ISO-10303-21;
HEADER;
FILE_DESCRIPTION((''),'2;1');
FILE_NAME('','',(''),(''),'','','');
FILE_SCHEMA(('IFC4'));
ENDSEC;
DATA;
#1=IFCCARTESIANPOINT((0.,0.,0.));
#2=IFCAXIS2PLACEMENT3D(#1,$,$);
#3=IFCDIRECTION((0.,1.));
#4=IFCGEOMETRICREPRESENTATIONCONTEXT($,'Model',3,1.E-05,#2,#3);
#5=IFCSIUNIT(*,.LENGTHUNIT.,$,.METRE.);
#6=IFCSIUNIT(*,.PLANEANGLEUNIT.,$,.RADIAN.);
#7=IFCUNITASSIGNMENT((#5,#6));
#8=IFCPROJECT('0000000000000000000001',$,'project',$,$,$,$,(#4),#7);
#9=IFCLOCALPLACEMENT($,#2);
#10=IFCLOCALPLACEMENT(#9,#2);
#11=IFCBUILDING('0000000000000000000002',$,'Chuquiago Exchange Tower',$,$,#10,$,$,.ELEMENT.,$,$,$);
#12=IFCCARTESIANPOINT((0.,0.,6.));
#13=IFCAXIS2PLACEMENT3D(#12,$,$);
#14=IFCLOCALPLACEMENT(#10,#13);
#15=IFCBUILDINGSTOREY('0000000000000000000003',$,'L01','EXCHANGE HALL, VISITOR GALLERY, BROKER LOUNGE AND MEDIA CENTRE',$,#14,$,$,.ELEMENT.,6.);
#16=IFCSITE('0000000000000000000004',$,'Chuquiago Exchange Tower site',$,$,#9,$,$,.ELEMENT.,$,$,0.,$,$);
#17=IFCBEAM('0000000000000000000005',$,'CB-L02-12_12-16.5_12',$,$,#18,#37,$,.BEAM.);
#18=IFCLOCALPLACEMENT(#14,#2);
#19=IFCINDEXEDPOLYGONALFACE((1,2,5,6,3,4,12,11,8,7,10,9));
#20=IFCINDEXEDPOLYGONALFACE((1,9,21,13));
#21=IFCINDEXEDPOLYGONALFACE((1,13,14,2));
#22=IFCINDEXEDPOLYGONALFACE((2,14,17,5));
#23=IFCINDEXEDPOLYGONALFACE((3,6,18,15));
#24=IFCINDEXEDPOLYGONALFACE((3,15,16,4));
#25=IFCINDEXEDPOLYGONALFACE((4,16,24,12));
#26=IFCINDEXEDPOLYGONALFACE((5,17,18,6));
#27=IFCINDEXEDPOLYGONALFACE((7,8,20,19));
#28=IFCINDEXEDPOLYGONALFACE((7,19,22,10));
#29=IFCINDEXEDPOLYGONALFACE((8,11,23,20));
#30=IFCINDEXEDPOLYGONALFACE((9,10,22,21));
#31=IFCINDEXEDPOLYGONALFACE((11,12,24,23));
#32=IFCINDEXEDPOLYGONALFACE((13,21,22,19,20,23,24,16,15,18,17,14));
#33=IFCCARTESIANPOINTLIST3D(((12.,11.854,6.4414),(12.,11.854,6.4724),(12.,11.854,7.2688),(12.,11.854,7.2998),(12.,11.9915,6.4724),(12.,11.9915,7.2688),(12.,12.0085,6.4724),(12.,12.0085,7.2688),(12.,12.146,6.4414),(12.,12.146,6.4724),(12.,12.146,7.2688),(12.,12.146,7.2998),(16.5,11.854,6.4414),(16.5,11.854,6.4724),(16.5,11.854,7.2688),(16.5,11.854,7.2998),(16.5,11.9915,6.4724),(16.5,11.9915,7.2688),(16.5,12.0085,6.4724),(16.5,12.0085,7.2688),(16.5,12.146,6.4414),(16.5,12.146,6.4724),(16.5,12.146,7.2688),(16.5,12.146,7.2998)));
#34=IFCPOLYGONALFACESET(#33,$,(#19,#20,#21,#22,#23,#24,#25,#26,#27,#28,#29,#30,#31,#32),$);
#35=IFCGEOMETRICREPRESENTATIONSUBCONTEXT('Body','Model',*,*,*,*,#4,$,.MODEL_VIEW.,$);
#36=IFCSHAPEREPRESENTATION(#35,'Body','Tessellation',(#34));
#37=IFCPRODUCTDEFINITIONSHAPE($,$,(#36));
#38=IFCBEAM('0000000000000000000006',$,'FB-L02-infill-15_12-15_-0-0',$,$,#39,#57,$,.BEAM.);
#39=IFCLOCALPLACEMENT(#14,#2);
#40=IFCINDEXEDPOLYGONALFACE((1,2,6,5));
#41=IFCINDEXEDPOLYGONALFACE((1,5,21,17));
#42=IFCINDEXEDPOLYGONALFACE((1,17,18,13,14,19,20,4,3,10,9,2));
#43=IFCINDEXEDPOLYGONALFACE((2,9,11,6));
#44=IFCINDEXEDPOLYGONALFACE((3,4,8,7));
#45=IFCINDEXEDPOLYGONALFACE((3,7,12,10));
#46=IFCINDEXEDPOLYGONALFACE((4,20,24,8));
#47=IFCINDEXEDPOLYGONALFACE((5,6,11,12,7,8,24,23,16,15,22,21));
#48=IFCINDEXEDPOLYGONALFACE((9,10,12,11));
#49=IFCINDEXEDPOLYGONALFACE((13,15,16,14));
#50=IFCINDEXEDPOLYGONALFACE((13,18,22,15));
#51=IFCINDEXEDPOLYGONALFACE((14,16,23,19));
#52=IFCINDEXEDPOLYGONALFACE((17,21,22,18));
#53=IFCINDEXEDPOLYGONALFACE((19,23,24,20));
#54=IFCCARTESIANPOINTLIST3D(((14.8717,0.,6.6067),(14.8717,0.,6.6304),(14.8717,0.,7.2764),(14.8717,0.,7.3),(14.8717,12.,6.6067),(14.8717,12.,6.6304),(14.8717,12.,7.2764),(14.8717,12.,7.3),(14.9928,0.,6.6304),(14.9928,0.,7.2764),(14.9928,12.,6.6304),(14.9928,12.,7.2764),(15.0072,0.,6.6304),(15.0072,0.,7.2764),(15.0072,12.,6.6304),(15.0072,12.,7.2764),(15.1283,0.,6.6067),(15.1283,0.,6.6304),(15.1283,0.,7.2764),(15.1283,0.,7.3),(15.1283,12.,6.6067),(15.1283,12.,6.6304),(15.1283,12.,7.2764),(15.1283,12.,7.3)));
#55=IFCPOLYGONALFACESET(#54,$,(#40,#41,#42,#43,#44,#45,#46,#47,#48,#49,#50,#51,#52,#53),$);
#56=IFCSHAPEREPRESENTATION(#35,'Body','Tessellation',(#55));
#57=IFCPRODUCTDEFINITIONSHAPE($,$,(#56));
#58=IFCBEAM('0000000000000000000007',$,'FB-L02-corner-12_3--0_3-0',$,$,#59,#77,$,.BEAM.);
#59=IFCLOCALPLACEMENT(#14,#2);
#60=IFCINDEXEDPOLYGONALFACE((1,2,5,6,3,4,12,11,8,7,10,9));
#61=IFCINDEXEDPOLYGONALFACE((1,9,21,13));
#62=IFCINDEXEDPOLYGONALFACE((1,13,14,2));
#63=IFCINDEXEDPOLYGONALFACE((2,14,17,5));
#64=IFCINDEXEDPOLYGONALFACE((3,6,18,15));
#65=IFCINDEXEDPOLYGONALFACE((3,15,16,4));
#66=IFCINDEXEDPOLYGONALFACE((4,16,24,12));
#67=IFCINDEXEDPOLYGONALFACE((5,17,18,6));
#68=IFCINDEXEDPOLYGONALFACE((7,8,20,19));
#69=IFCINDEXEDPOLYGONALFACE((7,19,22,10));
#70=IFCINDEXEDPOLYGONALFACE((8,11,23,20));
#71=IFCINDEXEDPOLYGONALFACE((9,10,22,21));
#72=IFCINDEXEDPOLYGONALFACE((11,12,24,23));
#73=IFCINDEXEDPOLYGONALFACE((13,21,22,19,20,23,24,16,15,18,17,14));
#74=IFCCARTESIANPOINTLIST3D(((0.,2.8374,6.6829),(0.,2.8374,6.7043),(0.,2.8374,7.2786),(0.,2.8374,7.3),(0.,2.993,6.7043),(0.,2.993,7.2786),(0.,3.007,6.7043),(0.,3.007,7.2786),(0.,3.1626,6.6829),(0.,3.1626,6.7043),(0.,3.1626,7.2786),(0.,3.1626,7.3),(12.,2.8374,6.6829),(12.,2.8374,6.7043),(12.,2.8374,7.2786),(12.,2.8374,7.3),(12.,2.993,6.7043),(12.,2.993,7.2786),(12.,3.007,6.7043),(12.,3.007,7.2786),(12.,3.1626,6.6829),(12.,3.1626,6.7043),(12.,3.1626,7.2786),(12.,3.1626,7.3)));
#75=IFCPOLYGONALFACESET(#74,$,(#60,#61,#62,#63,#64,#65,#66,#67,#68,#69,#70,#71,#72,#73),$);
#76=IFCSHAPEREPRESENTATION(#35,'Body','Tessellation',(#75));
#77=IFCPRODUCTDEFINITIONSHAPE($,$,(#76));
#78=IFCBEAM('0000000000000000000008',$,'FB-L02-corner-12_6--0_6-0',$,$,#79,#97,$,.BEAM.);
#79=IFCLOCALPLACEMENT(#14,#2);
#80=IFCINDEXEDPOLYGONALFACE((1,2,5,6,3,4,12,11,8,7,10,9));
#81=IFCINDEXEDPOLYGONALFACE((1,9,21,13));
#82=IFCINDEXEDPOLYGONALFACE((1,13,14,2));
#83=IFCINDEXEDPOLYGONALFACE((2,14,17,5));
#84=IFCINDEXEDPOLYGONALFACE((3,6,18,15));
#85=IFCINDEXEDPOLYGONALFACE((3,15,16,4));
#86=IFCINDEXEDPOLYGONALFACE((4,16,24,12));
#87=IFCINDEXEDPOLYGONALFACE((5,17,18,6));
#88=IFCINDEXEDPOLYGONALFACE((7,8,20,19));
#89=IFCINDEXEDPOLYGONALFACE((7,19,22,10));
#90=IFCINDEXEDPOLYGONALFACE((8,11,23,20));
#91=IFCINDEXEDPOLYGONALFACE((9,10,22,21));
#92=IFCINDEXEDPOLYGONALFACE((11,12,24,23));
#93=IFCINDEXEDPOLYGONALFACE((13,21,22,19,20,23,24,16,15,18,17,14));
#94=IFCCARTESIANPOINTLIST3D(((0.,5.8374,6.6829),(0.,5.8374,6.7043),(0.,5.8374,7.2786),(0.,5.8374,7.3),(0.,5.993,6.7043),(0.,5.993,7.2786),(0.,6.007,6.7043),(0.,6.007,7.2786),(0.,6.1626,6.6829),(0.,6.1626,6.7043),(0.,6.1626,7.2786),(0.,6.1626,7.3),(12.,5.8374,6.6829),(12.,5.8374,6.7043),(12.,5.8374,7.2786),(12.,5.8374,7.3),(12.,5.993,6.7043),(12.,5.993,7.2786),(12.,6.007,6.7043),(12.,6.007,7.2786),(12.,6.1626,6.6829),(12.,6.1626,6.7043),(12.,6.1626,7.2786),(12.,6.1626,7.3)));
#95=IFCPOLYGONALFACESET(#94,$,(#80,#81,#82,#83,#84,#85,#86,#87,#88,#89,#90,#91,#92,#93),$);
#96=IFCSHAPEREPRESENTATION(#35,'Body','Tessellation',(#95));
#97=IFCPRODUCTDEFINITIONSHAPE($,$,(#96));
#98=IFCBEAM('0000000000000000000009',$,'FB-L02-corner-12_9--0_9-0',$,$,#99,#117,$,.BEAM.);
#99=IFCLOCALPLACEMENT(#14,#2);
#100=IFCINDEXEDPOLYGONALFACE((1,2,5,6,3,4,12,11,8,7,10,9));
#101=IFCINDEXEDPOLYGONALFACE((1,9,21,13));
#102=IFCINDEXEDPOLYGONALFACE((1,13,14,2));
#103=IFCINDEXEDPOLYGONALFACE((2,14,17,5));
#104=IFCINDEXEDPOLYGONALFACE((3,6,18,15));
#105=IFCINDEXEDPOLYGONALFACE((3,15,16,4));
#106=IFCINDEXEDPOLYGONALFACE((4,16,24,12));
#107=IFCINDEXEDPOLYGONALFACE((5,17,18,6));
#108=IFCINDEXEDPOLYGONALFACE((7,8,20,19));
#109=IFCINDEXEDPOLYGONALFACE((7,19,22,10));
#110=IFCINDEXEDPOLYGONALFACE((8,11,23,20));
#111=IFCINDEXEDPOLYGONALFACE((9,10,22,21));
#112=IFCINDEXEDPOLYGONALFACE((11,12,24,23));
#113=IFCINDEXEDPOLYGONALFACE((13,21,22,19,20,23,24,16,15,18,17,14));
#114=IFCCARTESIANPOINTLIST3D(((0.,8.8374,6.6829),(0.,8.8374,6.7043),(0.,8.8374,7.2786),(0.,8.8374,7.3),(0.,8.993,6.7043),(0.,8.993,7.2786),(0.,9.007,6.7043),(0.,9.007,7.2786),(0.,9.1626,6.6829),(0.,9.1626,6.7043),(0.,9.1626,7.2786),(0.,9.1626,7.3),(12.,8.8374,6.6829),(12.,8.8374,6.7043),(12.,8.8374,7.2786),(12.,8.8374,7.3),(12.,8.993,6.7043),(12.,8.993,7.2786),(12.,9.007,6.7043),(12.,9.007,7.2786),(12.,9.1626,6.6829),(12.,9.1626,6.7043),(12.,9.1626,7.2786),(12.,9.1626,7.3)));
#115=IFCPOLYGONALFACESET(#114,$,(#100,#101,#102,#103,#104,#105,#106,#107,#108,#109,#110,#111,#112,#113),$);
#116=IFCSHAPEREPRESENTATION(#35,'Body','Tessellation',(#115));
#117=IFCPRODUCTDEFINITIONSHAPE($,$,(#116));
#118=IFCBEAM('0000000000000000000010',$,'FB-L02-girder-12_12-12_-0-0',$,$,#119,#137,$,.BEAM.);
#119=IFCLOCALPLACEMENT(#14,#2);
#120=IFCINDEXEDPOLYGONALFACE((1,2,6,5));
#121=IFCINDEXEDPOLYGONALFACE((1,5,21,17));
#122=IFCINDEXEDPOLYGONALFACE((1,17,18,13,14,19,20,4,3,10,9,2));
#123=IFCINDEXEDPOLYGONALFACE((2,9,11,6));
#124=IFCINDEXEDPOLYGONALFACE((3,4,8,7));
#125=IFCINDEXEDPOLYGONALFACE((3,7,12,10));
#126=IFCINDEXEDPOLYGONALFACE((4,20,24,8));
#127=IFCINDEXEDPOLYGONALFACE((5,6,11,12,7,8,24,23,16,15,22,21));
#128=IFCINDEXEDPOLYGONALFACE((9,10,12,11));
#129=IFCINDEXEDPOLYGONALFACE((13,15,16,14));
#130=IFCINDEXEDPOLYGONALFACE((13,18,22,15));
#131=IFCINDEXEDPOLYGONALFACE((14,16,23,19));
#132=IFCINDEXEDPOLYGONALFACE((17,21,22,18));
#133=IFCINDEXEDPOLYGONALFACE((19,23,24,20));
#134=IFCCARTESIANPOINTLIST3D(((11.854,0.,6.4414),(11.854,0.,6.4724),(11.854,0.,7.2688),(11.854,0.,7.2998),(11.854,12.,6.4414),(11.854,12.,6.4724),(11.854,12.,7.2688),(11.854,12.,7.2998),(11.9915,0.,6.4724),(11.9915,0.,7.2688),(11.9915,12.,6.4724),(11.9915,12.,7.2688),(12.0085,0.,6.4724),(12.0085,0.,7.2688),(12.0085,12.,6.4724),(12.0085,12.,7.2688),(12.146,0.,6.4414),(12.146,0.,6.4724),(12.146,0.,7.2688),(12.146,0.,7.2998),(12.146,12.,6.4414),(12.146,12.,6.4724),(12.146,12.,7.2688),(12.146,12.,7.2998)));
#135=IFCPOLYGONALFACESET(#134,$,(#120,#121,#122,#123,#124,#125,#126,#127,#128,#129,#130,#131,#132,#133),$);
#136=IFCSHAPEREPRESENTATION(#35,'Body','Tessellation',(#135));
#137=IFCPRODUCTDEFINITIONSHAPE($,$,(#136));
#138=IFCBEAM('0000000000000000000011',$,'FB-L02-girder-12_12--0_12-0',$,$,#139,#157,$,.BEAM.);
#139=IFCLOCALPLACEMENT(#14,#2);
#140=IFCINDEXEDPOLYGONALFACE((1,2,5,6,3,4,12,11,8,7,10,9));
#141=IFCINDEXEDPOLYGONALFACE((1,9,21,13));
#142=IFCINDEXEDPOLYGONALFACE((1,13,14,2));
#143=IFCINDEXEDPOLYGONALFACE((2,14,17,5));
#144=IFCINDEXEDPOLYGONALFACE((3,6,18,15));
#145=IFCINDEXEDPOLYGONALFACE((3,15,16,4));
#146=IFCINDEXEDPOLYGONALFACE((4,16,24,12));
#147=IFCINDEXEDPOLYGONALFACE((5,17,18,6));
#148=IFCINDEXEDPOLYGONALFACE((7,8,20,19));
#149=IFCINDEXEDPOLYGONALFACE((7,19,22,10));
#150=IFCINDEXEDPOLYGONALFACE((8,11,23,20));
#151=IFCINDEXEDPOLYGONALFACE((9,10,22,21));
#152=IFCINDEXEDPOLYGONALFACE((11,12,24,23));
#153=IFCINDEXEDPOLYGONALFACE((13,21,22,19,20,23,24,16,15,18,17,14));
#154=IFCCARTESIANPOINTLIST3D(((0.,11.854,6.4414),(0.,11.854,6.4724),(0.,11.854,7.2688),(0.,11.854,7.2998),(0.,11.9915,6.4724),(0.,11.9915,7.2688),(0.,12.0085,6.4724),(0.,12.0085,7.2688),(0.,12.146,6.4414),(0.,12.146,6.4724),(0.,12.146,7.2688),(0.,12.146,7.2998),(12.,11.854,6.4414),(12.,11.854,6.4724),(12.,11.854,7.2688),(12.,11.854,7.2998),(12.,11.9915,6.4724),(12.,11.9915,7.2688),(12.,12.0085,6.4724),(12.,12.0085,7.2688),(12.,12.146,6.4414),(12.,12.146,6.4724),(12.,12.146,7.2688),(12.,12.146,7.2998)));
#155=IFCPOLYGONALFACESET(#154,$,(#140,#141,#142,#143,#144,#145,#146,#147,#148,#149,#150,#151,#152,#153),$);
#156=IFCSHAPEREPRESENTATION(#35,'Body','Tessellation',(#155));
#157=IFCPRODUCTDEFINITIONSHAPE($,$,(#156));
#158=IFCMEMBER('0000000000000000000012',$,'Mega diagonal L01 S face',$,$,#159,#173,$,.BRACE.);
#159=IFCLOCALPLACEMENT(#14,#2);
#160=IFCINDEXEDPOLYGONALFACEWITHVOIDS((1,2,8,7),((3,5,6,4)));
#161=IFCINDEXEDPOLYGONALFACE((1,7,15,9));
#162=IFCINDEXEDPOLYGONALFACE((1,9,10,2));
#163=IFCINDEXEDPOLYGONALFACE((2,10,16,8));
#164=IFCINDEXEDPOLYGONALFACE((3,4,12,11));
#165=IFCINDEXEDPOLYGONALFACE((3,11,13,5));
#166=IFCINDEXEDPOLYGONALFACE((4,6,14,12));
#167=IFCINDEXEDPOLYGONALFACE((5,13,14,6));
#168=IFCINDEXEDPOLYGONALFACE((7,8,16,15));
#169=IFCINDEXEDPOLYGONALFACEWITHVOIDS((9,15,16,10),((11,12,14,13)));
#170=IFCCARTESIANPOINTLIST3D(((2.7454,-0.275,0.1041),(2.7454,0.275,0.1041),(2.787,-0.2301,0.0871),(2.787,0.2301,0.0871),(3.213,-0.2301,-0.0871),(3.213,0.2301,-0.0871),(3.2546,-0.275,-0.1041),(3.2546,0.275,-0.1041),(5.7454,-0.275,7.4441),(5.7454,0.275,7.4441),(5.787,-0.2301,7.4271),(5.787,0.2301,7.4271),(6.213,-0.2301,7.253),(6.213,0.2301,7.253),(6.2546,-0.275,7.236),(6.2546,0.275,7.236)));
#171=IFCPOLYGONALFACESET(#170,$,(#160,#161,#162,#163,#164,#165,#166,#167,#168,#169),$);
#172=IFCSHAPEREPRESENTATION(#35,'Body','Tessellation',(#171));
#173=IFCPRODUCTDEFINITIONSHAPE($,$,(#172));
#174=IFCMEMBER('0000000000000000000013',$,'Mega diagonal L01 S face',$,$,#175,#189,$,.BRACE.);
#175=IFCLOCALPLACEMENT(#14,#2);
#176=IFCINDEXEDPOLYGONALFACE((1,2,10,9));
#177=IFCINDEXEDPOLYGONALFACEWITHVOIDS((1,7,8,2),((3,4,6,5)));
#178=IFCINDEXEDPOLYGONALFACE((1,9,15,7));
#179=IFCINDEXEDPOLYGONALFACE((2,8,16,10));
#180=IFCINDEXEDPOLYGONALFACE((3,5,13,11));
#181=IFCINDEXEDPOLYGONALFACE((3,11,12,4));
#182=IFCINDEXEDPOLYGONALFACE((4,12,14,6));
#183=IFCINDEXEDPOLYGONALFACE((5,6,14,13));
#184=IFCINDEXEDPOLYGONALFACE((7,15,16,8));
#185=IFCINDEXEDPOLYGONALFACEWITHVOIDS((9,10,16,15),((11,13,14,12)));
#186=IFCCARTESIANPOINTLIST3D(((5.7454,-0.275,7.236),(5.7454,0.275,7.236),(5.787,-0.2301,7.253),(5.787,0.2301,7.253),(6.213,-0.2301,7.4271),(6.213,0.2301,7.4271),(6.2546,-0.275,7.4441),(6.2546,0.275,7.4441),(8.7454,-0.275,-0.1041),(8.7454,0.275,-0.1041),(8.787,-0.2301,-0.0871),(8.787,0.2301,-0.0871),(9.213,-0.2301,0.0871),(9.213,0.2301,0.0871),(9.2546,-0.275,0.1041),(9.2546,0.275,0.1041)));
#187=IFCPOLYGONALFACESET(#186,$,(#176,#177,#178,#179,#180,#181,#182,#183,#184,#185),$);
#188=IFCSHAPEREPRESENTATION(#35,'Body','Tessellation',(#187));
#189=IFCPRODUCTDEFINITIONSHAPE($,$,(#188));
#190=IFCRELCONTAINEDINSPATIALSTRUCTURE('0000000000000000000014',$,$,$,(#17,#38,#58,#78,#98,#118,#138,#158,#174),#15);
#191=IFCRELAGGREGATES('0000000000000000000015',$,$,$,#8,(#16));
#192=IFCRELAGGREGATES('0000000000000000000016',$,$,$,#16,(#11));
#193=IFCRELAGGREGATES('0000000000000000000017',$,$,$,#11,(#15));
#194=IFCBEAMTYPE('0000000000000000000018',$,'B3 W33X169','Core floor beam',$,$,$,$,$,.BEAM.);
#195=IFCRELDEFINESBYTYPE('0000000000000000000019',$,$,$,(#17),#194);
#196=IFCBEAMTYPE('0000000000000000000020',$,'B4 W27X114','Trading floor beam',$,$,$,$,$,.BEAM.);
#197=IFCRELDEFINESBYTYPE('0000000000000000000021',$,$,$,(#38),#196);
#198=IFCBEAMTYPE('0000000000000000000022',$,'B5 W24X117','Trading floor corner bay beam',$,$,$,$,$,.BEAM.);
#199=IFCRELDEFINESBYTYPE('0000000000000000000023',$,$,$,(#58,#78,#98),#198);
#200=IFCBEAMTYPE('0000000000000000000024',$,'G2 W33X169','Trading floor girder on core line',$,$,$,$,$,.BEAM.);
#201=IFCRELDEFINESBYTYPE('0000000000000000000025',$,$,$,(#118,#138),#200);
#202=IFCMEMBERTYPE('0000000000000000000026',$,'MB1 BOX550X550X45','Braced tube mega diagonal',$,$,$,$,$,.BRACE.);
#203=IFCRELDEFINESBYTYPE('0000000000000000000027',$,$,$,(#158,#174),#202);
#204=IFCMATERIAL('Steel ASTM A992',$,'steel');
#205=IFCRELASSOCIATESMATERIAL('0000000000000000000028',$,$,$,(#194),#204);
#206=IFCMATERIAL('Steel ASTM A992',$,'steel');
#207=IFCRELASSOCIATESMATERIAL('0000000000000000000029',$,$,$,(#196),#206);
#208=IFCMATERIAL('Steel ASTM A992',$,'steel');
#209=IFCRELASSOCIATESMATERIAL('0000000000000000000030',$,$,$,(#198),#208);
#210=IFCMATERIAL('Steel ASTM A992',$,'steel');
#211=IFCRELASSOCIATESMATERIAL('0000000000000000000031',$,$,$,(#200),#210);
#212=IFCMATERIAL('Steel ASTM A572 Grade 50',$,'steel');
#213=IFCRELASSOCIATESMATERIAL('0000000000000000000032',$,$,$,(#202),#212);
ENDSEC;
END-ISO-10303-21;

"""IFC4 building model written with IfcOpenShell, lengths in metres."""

from ifc_helpers import new_model, si_unit, direction, frame, origin, origin_2d, place, context, subcontext, project, spatial, hollow_rectangle, i_section, extrude, material, material_profile, profile_set, type_object, element, save


model = new_model("IFC4")

# Units and contexts
model_context = context("Model", 3, precision=1e-05, world=origin(), true_north=direction((0.0, 1.0)))
body_context = subcontext(model_context, "Body", "Model", "MODEL_VIEW")
ifc_project = project(units=[si_unit("LENGTHUNIT", "METRE"), si_unit("PLANEANGLEUNIT", "RADIAN")], contexts=[model_context])

# Site, building, storey
site_placement = place(None, origin())
site = spatial("IfcSite", under=ifc_project, at=site_placement, Name="Chuquiago Exchange Tower site", CompositionType="ELEMENT", RefElevation=0.0)
building_placement = place(site_placement, origin())
building = spatial("IfcBuilding", under=site, at=building_placement, Name="Chuquiago Exchange Tower", CompositionType="ELEMENT")
storey_placement = place(building_placement, frame((0.0, 0.0, 6.0)))
storey = spatial("IfcBuildingStorey", under=building, at=storey_placement, Name="L01", Description="EXCHANGE HALL, VISITOR GALLERY, BROKER LOUNGE AND MEDIA CENTRE", CompositionType="ELEMENT", Elevation=6.0)

# Beams
ifc_material_1 = material(Name="Steel ASTM A992", Category="steel")
ifc_material_profile_1 = material_profile(ifc_material_1, i_section(OverallWidth=0.292, OverallDepth=0.8584, WebThickness=0.0171, FlangeThickness=0.031, at=origin_2d()), Name="W33X169")
ifc_profile_set_1 = profile_set([ifc_material_profile_1], Name="Steel ASTM A992")
beam_type_1 = type_object("IfcBeamType", Name="B3 W33X169", Description="Core floor beam", PredefinedType="BEAM", material=ifc_profile_set_1)
beam_1_placement = place(storey_placement, frame((12.0, 12.0, 6.8706), z_axis=(1.0, 0.0, 0.0), x_axis=(0.0, 1.0, 0.0)))
element("IfcBeam", 1, at=beam_1_placement, inside=storey, type_object=beam_type_1, Name="CB-L02-12_12-16.5_12", PredefinedType="BEAM", context=body_context, shape_type="SweptSolid", body=[
    extrude(i_section(OverallWidth=0.292, OverallDepth=0.8584, WebThickness=0.0171, FlangeThickness=0.031, at=origin_2d()), origin(), (0.0, 0.0, 1.0), 4.5),
])
ifc_material_2 = material(Name="Steel ASTM A992", Category="steel")
ifc_material_profile_2 = material_profile(ifc_material_2, i_section(OverallWidth=0.2566, OverallDepth=0.6934, WebThickness=0.0144, FlangeThickness=0.0237, at=origin_2d()), Name="W27X114")
ifc_profile_set_2 = profile_set([ifc_material_profile_2], Name="Steel ASTM A992")
beam_type_2 = type_object("IfcBeamType", Name="B4 W27X114", Description="Trading floor beam", PredefinedType="BEAM", material=ifc_profile_set_2)
beam_2_placement = place(storey_placement, frame((15.0, 12.0, 6.9534), z_axis=(0.0, -1.0, 0.0), x_axis=(1.0, 0.0, 0.0)))
element("IfcBeam", 2, at=beam_2_placement, inside=storey, type_object=beam_type_2, Name="FB-L02-infill-15_12-15_-0-0", PredefinedType="BEAM", context=body_context, shape_type="SweptSolid", body=[
    extrude(i_section(OverallWidth=0.2566, OverallDepth=0.6934, WebThickness=0.0144, FlangeThickness=0.0237, at=origin_2d()), origin(), (0.0, 0.0, 1.0), 12.0),
])
ifc_material_3 = material(Name="Steel ASTM A992", Category="steel")
ifc_material_profile_3 = material_profile(ifc_material_3, i_section(OverallWidth=0.3252, OverallDepth=0.6172, WebThickness=0.0139, FlangeThickness=0.0215, at=origin_2d()), Name="W24X117")
ifc_profile_set_3 = profile_set([ifc_material_profile_3], Name="Steel ASTM A992")
beam_type_3 = type_object("IfcBeamType", Name="B5 W24X117", Description="Trading floor corner bay beam", PredefinedType="BEAM", material=ifc_profile_set_3)
for number, where, z_axis, x_axis, name in (
    (3, (12.0, 3.0, 6.9915), (-1.0, 0.0, 0.0), (0.0, -1.0, 0.0), "FB-L02-corner-12_3--0_3-0"),
    (4, (12.0, 6.0, 6.9915), (-1.0, 0.0, 0.0), (0.0, -1.0, 0.0), "FB-L02-corner-12_6--0_6-0"),
    (5, (12.0, 9.0, 6.9915), (-1.0, 0.0, 0.0), (0.0, -1.0, 0.0), "FB-L02-corner-12_9--0_9-0"),
):
    element("IfcBeam", number, at=place(storey_placement, frame(where, z_axis=z_axis, x_axis=x_axis)), inside=storey, type_object=beam_type_3, Name=name, PredefinedType="BEAM", context=body_context, shape_type="SweptSolid", body=[
        extrude(i_section(OverallWidth=0.3252, OverallDepth=0.6172, WebThickness=0.0139, FlangeThickness=0.0215, at=origin_2d()), origin(), (0.0, 0.0, 1.0), 12.0),
    ])
ifc_material_4 = material(Name="Steel ASTM A992", Category="steel")
ifc_material_profile_4 = material_profile(ifc_material_4, i_section(OverallWidth=0.292, OverallDepth=0.8584, WebThickness=0.0171, FlangeThickness=0.031, at=origin_2d()), Name="W33X169")
ifc_profile_set_4 = profile_set([ifc_material_profile_4], Name="Steel ASTM A992")
beam_type_4 = type_object("IfcBeamType", Name="G2 W33X169", Description="Trading floor girder on core line", PredefinedType="BEAM", material=ifc_profile_set_4)
for number, where, z_axis, x_axis, name in (
    (6, (12.0, 12.0, 6.8706), (0.0, -1.0, 0.0), (1.0, 0.0, 0.0), "FB-L02-girder-12_12-12_-0-0"),
    (7, (12.0, 12.0, 6.8706), (-1.0, 0.0, 0.0), (0.0, -1.0, 0.0), "FB-L02-girder-12_12--0_12-0"),
):
    element("IfcBeam", number, at=place(storey_placement, frame(where, z_axis=z_axis, x_axis=x_axis)), inside=storey, type_object=beam_type_4, Name=name, PredefinedType="BEAM", context=body_context, shape_type="SweptSolid", body=[
        extrude(i_section(OverallWidth=0.292, OverallDepth=0.8584, WebThickness=0.0171, FlangeThickness=0.031, at=origin_2d()), origin(), (0.0, 0.0, 1.0), 12.0),
    ])

# Members
ifc_material_5 = material(Name="Steel ASTM A572 Grade 50", Category="steel")
ifc_material_profile_5 = material_profile(ifc_material_5, hollow_rectangle(XDim=0.55, YDim=0.55, WallThickness=0.0449, at=origin_2d()), Name="BOX550X550X45")
ifc_profile_set_5 = profile_set([ifc_material_profile_5], Name="Steel ASTM A572 Grade 50")
member_type = type_object("IfcMemberType", Name="MB1 BOX550X550X45", Description="Braced tube mega diagonal", PredefinedType="BRACE", material=ifc_profile_set_5)
for number, where, z_axis, x_axis, name in (
    (8, (3.0, 0.0, 0.0), (0.378334, 0.0, 0.925669), (0.0, 1.0, 0.0), "Mega diagonal L01 S face"),
    (9, (9.0, 0.0, 0.0), (-0.378334, 0.0, 0.925669), (0.0, -1.0, 0.0), "Mega diagonal L01 S face"),
):
    element("IfcMember", number, at=place(storey_placement, frame(where, z_axis=z_axis, x_axis=x_axis)), inside=storey, type_object=member_type, Name=name, PredefinedType="BRACE", context=body_context, shape_type="SweptSolid", body=[
        extrude(hollow_rectangle(XDim=0.55, YDim=0.55, WallThickness=0.0449, at=origin_2d()), origin(), (0.0, 0.0, 1.0), 7.9294),
    ])

save(model, "model.ifc")
